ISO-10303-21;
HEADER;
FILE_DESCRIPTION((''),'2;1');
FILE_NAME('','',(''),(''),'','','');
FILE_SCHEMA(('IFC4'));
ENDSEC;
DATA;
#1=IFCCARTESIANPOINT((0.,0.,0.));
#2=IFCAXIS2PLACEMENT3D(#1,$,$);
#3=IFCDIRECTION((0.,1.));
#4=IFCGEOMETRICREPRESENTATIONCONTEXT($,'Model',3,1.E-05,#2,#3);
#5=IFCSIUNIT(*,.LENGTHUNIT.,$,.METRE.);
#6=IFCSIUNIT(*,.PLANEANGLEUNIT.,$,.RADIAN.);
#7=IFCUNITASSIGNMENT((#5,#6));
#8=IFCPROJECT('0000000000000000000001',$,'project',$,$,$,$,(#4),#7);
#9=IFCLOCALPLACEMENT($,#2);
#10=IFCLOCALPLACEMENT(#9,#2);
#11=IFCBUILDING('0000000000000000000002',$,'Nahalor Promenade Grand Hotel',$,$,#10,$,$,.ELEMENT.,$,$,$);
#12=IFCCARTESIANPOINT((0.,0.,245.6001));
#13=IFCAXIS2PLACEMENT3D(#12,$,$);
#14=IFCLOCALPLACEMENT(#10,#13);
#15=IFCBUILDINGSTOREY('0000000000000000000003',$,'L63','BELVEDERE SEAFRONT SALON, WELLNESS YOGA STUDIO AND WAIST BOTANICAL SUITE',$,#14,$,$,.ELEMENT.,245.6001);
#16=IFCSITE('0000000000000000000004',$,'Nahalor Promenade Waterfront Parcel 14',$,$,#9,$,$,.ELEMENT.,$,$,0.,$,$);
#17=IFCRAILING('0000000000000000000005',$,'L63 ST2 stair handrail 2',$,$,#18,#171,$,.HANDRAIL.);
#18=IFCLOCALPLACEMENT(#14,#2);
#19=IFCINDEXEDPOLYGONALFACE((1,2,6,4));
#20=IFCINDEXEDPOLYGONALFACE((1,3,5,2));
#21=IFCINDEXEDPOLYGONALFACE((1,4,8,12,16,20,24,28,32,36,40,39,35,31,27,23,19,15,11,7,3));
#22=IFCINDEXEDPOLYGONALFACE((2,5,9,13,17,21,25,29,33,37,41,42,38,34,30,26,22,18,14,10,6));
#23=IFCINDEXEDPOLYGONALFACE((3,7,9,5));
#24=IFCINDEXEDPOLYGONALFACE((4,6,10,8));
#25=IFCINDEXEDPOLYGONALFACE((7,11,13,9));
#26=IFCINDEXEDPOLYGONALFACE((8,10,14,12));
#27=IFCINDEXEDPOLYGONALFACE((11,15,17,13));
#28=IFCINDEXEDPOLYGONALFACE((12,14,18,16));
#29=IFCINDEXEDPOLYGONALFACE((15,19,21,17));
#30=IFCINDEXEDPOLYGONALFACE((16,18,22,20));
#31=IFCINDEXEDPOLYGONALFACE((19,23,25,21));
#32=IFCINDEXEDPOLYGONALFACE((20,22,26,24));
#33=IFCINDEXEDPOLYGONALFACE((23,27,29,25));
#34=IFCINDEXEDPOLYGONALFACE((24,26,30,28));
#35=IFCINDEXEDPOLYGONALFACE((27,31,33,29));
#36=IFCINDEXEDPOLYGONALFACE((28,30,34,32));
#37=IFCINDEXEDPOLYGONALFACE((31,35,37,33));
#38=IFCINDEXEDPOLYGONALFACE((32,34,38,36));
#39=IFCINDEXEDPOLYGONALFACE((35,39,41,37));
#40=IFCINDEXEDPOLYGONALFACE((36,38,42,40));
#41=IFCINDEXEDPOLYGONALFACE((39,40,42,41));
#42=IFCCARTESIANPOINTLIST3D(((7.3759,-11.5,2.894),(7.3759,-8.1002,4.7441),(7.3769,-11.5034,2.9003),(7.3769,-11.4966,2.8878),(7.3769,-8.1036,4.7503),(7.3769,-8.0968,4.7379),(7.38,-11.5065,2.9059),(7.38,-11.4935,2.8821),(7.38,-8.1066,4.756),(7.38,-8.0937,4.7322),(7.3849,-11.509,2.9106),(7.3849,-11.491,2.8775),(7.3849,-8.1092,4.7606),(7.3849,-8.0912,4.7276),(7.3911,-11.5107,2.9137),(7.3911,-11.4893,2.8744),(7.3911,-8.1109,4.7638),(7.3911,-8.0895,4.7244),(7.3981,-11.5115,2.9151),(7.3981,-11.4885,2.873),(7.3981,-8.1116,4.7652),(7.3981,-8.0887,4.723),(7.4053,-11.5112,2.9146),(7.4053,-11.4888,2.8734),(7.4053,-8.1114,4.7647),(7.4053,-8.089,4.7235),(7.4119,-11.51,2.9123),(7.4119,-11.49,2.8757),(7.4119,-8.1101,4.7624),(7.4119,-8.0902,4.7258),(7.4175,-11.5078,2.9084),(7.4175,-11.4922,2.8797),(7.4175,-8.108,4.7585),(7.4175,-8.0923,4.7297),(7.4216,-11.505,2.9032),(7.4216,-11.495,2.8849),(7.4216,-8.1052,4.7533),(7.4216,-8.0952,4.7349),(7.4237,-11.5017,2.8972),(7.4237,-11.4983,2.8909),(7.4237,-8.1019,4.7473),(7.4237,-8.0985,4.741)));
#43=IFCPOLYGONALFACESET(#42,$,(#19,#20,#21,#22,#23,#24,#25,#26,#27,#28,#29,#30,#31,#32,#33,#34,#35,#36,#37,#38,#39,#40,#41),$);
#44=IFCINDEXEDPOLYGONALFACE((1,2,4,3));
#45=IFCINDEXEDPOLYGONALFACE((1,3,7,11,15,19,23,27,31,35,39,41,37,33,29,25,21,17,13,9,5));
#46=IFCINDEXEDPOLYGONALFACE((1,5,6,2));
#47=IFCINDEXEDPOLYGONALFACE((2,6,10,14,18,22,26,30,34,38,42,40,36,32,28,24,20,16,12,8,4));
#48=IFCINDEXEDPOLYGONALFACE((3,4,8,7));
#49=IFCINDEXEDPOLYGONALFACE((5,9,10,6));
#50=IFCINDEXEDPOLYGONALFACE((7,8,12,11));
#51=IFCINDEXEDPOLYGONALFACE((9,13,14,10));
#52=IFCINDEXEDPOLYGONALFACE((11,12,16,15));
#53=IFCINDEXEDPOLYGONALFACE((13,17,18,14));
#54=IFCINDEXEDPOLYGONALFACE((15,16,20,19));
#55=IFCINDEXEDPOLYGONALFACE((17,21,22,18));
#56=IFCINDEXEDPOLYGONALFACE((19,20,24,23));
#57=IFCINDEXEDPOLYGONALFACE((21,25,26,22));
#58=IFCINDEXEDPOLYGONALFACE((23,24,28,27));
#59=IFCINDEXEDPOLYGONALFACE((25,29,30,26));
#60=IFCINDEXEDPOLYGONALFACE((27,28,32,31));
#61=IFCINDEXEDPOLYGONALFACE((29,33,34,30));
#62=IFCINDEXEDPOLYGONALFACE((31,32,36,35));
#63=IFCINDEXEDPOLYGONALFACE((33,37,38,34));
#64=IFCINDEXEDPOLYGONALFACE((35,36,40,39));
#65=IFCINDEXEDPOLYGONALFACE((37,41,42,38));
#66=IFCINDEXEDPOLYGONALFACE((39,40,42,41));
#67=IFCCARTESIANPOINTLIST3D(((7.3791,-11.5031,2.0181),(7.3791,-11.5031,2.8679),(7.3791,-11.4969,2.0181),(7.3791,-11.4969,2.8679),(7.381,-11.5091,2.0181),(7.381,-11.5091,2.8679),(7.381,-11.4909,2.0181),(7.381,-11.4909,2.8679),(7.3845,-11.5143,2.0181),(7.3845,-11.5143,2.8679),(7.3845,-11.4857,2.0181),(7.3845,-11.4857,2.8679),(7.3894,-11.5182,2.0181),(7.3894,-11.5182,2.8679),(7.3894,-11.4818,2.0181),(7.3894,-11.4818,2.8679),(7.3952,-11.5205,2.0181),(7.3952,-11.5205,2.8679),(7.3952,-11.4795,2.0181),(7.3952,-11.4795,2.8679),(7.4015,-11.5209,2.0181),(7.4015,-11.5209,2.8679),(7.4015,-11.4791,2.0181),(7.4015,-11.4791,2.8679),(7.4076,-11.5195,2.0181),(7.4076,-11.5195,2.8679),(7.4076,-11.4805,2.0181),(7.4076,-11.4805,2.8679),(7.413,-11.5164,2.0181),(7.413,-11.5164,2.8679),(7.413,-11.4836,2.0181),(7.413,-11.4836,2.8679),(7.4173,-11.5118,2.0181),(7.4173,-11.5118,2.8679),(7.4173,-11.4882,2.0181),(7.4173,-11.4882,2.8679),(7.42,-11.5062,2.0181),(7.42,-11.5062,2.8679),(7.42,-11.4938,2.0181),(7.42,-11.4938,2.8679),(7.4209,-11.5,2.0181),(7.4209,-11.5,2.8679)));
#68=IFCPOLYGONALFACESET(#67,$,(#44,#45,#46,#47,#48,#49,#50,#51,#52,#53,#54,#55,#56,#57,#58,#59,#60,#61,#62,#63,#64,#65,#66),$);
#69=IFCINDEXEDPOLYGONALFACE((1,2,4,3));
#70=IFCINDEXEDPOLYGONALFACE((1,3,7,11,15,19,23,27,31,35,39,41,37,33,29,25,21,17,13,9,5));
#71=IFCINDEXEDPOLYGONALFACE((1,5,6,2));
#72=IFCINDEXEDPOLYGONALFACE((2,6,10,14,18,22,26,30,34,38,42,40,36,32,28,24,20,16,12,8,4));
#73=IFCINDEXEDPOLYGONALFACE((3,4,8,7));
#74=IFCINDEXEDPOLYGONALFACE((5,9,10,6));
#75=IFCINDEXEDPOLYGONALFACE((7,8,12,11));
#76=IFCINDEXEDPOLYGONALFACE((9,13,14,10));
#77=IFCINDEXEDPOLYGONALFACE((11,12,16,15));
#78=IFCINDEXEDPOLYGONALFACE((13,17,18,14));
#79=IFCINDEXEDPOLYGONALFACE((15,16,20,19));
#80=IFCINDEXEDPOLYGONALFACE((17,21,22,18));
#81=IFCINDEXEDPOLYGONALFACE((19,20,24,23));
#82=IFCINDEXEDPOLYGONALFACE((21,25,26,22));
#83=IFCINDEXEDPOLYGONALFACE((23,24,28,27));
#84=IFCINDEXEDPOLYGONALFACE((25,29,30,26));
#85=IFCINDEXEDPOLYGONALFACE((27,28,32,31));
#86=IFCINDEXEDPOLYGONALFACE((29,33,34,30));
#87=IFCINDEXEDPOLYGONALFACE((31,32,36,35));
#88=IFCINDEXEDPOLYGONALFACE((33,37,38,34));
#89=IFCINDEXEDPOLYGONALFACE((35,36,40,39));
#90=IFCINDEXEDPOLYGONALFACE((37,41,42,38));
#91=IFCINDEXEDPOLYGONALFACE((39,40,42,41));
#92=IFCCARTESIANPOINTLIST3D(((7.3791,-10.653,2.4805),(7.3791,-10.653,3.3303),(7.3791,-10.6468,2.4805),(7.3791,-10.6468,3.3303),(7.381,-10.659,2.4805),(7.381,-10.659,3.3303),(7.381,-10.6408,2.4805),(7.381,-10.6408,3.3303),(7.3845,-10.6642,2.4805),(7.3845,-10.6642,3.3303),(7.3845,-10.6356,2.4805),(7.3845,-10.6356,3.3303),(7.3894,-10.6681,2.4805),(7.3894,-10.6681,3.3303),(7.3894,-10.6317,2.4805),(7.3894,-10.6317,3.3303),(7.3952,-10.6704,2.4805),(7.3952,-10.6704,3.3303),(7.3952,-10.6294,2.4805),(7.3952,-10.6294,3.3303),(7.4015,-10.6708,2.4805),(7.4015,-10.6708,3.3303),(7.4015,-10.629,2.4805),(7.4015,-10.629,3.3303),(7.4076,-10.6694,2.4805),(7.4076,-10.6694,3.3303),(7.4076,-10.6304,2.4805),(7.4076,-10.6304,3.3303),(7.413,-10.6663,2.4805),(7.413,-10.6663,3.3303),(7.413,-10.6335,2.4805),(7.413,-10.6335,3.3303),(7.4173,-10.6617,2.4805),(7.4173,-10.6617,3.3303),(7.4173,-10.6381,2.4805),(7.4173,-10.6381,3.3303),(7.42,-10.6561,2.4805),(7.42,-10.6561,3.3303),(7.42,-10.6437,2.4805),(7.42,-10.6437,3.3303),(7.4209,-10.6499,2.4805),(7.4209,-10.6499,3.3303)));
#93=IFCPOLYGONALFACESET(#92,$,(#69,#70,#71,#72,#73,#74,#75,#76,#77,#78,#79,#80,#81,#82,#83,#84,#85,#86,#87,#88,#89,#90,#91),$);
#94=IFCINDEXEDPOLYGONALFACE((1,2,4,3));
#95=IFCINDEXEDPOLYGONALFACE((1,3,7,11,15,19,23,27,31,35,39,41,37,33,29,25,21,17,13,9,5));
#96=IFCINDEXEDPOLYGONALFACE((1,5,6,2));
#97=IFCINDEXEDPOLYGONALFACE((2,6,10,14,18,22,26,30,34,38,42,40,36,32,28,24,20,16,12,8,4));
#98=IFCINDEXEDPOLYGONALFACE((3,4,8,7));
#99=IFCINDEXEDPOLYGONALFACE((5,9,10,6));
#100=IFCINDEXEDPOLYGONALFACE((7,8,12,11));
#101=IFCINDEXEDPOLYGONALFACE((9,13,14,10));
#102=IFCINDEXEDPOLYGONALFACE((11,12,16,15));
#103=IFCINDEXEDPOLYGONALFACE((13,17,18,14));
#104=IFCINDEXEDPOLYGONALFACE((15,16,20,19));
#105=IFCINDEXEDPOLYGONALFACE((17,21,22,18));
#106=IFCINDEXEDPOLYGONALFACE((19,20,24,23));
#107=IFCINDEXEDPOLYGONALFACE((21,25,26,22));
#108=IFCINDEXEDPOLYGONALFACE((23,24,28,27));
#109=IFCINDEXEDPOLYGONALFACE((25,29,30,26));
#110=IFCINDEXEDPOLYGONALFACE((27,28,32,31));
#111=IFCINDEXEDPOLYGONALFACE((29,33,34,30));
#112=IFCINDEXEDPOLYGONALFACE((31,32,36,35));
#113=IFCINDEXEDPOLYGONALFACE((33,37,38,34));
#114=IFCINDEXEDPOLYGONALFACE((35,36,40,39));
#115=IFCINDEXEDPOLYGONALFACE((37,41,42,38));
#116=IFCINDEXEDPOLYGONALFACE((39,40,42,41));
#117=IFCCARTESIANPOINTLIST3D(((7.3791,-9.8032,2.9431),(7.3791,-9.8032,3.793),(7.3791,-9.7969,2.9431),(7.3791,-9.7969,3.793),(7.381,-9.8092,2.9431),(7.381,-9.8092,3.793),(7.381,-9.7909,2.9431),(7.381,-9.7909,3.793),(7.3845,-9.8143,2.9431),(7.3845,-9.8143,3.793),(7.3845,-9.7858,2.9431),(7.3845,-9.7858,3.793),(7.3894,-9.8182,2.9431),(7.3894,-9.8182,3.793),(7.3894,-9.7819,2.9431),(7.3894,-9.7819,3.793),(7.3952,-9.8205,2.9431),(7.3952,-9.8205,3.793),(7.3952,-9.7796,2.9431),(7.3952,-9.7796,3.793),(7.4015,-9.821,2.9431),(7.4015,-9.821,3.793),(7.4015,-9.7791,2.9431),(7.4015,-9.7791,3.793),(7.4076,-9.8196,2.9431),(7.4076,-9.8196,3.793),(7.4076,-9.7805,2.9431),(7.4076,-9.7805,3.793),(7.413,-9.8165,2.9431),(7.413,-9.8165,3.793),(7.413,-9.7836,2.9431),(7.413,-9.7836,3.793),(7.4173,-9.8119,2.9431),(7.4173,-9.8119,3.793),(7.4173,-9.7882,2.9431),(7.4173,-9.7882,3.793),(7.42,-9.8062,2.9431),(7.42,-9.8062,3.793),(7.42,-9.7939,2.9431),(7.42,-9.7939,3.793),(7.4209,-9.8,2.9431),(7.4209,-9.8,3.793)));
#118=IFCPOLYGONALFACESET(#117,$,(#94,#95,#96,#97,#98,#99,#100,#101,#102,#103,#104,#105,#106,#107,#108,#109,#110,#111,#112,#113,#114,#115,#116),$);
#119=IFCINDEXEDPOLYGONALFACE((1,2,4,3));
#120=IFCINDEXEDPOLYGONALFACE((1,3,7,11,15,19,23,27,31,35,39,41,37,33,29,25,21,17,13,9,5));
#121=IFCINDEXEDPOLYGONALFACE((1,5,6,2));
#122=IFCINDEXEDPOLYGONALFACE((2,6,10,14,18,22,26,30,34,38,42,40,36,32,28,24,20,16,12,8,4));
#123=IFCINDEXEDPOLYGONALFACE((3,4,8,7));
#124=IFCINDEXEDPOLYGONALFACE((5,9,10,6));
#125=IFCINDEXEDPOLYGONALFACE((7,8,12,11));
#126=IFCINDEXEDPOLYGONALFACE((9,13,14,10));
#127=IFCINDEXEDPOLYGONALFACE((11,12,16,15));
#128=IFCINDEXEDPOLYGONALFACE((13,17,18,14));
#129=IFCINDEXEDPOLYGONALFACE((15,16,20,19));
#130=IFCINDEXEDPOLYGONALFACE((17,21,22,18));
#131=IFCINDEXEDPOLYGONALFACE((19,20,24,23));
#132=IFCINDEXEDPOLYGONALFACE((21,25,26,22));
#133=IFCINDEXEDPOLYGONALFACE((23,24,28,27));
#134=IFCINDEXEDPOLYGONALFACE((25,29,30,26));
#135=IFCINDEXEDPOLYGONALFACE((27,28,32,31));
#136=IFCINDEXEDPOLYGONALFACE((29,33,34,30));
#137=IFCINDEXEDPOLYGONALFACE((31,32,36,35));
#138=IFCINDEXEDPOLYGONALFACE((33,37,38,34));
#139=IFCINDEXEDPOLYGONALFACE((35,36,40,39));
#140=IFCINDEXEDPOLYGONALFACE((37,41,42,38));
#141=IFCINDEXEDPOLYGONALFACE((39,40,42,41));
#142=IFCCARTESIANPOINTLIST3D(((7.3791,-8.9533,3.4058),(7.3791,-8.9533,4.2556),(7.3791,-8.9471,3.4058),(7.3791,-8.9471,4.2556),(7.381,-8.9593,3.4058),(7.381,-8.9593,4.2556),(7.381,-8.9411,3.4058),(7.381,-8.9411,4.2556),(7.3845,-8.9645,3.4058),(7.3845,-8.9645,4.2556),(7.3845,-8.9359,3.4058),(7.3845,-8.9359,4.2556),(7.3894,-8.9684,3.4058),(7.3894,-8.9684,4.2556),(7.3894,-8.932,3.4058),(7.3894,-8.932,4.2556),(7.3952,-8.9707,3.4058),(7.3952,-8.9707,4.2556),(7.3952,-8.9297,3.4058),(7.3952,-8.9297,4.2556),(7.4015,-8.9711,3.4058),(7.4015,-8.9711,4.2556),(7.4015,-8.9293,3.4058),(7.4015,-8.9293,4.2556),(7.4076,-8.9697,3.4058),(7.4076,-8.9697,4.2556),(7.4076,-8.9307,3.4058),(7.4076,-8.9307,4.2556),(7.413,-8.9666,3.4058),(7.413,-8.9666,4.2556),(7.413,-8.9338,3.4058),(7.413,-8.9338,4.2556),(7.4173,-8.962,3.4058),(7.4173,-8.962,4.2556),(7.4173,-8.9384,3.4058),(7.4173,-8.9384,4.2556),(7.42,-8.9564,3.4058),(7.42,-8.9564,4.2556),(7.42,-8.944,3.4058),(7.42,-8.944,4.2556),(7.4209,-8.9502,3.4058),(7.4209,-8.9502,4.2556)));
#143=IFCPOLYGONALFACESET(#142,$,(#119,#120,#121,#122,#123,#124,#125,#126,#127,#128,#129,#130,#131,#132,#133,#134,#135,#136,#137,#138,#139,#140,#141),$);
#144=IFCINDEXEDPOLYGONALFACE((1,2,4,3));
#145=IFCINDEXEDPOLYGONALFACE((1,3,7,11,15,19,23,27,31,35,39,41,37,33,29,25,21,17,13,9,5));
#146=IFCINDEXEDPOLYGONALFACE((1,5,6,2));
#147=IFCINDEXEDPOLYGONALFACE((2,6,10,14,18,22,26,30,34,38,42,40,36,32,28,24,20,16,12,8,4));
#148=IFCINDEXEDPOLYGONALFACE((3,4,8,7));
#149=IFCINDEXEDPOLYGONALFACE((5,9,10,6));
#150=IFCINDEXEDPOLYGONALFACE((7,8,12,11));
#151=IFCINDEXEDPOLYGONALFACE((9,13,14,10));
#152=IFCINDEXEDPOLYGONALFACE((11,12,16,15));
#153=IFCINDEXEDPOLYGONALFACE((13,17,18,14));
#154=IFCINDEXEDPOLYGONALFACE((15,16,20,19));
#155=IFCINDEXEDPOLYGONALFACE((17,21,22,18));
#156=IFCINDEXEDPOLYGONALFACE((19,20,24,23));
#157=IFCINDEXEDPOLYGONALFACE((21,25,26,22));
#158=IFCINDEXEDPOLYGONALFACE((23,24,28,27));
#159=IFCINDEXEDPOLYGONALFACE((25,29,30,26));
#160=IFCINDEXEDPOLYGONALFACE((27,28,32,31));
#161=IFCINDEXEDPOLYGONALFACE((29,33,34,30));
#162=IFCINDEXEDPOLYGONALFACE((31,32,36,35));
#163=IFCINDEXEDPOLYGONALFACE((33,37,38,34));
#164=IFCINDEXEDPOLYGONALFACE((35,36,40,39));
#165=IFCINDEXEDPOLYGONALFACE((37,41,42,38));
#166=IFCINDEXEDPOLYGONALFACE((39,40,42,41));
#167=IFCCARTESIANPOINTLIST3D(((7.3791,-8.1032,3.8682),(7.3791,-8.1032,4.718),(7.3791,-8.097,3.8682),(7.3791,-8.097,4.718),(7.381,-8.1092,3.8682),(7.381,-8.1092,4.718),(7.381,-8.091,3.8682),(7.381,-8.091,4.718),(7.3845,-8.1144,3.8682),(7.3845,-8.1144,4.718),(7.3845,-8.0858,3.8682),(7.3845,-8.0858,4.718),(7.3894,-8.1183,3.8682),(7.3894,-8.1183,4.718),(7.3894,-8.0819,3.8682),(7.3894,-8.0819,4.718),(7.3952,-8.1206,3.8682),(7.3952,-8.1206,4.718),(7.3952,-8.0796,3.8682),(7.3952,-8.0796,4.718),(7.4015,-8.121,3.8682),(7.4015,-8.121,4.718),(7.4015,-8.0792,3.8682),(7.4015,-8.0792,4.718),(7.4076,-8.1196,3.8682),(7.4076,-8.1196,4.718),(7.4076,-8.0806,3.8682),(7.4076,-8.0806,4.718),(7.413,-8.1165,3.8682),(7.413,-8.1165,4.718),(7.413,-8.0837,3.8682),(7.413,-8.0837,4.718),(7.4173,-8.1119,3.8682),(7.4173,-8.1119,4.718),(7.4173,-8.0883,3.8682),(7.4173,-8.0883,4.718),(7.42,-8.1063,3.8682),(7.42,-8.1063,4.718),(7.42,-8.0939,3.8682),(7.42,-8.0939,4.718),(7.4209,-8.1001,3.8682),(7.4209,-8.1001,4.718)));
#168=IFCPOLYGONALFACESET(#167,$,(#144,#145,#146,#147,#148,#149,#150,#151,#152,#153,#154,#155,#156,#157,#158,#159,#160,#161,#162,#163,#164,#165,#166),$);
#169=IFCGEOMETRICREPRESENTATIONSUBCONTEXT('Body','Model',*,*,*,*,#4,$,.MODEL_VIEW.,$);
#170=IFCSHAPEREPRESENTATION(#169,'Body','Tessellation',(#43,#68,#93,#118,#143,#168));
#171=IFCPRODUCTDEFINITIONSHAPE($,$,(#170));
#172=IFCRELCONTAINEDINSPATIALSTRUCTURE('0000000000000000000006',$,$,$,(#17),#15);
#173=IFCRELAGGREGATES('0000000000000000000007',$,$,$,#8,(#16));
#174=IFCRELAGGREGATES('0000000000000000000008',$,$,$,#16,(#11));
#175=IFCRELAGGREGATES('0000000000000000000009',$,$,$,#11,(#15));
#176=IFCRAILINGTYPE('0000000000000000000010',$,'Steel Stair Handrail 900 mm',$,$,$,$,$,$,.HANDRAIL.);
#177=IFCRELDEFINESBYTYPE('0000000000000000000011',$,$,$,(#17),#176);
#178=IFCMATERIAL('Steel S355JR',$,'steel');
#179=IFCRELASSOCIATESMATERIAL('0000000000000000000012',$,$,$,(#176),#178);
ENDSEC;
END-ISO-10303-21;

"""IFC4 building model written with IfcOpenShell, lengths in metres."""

from ifc_helpers import new_model, si_unit, direction, frame, origin, origin_2d, place, context, subcontext, project, spatial, circle, extrude, material, type_object, element, save


model = new_model("IFC4")

# Units and contexts
model_context = context("Model", 3, precision=1e-05, world=origin(), true_north=direction((0.0, 1.0)))
body_context = subcontext(model_context, "Body", "Model", "MODEL_VIEW")
ifc_project = project(units=[si_unit("LENGTHUNIT", "METRE"), si_unit("PLANEANGLEUNIT", "RADIAN")], contexts=[model_context])

# Site, building, storey
site_placement = place(None, origin())
site = spatial("IfcSite", under=ifc_project, at=site_placement, Name="Nahalor Promenade Waterfront Parcel 14", CompositionType="ELEMENT", RefElevation=0.0)
building_placement = place(site_placement, origin())
building = spatial("IfcBuilding", under=site, at=building_placement, Name="Nahalor Promenade Grand Hotel", CompositionType="ELEMENT")
storey_placement = place(building_placement, frame((0.0, 0.0, 245.6001)))
storey = spatial("IfcBuildingStorey", under=building, at=storey_placement, Name="L63", Description="BELVEDERE SEAFRONT SALON, WELLNESS YOGA STUDIO AND WAIST BOTANICAL SUITE", CompositionType="ELEMENT", Elevation=245.6001)

# Shared definitions
ifc_material_1 = material(Name="Steel S355JR", Category="steel")

# Railing
railing_type_1 = type_object("IfcRailingType", Name="Steel Stair Handrail 900 mm", PredefinedType="HANDRAIL", material=ifc_material_1)
railing_1_placement = place(storey_placement, frame((7.3999, -11.5, 2.0181)))
element("IfcRailing", 1, at=railing_1_placement, inside=storey, type_object=railing_type_1, Name="L63 ST2 stair handrail 2", PredefinedType="HANDRAIL", context=body_context, shape_type="SweptSolid", body=[
    extrude(circle(Radius=0.024, at=origin_2d()), frame((0.0, 0.0, 0.876), z_axis=(0.0, 0.878372, 0.477977), x_axis=(-1.0, 0.0, 0.0)), (0.0, 0.0, 1.0), 3.8706),
    extrude(circle(Radius=0.021, at=origin_2d()), origin(), (0.0, 0.0, 1.0), 0.8499),
    extrude(circle(Radius=0.021, at=origin_2d()), frame((0.0, 0.8501, 0.4624)), (0.0, 0.0, 1.0), 0.8499),
    extrude(circle(Radius=0.021, at=origin_2d()), frame((0.0, 1.7, 0.925)), (0.0, 0.0, 1.0), 0.8499),
    extrude(circle(Radius=0.021, at=origin_2d()), frame((0.0, 2.5498, 1.3877)), (0.0, 0.0, 1.0), 0.8499),
    extrude(circle(Radius=0.021, at=origin_2d()), frame((0.0, 3.3999, 1.8501)), (0.0, 0.0, 1.0), 0.8499),
])

save(model, "model.ifc")
